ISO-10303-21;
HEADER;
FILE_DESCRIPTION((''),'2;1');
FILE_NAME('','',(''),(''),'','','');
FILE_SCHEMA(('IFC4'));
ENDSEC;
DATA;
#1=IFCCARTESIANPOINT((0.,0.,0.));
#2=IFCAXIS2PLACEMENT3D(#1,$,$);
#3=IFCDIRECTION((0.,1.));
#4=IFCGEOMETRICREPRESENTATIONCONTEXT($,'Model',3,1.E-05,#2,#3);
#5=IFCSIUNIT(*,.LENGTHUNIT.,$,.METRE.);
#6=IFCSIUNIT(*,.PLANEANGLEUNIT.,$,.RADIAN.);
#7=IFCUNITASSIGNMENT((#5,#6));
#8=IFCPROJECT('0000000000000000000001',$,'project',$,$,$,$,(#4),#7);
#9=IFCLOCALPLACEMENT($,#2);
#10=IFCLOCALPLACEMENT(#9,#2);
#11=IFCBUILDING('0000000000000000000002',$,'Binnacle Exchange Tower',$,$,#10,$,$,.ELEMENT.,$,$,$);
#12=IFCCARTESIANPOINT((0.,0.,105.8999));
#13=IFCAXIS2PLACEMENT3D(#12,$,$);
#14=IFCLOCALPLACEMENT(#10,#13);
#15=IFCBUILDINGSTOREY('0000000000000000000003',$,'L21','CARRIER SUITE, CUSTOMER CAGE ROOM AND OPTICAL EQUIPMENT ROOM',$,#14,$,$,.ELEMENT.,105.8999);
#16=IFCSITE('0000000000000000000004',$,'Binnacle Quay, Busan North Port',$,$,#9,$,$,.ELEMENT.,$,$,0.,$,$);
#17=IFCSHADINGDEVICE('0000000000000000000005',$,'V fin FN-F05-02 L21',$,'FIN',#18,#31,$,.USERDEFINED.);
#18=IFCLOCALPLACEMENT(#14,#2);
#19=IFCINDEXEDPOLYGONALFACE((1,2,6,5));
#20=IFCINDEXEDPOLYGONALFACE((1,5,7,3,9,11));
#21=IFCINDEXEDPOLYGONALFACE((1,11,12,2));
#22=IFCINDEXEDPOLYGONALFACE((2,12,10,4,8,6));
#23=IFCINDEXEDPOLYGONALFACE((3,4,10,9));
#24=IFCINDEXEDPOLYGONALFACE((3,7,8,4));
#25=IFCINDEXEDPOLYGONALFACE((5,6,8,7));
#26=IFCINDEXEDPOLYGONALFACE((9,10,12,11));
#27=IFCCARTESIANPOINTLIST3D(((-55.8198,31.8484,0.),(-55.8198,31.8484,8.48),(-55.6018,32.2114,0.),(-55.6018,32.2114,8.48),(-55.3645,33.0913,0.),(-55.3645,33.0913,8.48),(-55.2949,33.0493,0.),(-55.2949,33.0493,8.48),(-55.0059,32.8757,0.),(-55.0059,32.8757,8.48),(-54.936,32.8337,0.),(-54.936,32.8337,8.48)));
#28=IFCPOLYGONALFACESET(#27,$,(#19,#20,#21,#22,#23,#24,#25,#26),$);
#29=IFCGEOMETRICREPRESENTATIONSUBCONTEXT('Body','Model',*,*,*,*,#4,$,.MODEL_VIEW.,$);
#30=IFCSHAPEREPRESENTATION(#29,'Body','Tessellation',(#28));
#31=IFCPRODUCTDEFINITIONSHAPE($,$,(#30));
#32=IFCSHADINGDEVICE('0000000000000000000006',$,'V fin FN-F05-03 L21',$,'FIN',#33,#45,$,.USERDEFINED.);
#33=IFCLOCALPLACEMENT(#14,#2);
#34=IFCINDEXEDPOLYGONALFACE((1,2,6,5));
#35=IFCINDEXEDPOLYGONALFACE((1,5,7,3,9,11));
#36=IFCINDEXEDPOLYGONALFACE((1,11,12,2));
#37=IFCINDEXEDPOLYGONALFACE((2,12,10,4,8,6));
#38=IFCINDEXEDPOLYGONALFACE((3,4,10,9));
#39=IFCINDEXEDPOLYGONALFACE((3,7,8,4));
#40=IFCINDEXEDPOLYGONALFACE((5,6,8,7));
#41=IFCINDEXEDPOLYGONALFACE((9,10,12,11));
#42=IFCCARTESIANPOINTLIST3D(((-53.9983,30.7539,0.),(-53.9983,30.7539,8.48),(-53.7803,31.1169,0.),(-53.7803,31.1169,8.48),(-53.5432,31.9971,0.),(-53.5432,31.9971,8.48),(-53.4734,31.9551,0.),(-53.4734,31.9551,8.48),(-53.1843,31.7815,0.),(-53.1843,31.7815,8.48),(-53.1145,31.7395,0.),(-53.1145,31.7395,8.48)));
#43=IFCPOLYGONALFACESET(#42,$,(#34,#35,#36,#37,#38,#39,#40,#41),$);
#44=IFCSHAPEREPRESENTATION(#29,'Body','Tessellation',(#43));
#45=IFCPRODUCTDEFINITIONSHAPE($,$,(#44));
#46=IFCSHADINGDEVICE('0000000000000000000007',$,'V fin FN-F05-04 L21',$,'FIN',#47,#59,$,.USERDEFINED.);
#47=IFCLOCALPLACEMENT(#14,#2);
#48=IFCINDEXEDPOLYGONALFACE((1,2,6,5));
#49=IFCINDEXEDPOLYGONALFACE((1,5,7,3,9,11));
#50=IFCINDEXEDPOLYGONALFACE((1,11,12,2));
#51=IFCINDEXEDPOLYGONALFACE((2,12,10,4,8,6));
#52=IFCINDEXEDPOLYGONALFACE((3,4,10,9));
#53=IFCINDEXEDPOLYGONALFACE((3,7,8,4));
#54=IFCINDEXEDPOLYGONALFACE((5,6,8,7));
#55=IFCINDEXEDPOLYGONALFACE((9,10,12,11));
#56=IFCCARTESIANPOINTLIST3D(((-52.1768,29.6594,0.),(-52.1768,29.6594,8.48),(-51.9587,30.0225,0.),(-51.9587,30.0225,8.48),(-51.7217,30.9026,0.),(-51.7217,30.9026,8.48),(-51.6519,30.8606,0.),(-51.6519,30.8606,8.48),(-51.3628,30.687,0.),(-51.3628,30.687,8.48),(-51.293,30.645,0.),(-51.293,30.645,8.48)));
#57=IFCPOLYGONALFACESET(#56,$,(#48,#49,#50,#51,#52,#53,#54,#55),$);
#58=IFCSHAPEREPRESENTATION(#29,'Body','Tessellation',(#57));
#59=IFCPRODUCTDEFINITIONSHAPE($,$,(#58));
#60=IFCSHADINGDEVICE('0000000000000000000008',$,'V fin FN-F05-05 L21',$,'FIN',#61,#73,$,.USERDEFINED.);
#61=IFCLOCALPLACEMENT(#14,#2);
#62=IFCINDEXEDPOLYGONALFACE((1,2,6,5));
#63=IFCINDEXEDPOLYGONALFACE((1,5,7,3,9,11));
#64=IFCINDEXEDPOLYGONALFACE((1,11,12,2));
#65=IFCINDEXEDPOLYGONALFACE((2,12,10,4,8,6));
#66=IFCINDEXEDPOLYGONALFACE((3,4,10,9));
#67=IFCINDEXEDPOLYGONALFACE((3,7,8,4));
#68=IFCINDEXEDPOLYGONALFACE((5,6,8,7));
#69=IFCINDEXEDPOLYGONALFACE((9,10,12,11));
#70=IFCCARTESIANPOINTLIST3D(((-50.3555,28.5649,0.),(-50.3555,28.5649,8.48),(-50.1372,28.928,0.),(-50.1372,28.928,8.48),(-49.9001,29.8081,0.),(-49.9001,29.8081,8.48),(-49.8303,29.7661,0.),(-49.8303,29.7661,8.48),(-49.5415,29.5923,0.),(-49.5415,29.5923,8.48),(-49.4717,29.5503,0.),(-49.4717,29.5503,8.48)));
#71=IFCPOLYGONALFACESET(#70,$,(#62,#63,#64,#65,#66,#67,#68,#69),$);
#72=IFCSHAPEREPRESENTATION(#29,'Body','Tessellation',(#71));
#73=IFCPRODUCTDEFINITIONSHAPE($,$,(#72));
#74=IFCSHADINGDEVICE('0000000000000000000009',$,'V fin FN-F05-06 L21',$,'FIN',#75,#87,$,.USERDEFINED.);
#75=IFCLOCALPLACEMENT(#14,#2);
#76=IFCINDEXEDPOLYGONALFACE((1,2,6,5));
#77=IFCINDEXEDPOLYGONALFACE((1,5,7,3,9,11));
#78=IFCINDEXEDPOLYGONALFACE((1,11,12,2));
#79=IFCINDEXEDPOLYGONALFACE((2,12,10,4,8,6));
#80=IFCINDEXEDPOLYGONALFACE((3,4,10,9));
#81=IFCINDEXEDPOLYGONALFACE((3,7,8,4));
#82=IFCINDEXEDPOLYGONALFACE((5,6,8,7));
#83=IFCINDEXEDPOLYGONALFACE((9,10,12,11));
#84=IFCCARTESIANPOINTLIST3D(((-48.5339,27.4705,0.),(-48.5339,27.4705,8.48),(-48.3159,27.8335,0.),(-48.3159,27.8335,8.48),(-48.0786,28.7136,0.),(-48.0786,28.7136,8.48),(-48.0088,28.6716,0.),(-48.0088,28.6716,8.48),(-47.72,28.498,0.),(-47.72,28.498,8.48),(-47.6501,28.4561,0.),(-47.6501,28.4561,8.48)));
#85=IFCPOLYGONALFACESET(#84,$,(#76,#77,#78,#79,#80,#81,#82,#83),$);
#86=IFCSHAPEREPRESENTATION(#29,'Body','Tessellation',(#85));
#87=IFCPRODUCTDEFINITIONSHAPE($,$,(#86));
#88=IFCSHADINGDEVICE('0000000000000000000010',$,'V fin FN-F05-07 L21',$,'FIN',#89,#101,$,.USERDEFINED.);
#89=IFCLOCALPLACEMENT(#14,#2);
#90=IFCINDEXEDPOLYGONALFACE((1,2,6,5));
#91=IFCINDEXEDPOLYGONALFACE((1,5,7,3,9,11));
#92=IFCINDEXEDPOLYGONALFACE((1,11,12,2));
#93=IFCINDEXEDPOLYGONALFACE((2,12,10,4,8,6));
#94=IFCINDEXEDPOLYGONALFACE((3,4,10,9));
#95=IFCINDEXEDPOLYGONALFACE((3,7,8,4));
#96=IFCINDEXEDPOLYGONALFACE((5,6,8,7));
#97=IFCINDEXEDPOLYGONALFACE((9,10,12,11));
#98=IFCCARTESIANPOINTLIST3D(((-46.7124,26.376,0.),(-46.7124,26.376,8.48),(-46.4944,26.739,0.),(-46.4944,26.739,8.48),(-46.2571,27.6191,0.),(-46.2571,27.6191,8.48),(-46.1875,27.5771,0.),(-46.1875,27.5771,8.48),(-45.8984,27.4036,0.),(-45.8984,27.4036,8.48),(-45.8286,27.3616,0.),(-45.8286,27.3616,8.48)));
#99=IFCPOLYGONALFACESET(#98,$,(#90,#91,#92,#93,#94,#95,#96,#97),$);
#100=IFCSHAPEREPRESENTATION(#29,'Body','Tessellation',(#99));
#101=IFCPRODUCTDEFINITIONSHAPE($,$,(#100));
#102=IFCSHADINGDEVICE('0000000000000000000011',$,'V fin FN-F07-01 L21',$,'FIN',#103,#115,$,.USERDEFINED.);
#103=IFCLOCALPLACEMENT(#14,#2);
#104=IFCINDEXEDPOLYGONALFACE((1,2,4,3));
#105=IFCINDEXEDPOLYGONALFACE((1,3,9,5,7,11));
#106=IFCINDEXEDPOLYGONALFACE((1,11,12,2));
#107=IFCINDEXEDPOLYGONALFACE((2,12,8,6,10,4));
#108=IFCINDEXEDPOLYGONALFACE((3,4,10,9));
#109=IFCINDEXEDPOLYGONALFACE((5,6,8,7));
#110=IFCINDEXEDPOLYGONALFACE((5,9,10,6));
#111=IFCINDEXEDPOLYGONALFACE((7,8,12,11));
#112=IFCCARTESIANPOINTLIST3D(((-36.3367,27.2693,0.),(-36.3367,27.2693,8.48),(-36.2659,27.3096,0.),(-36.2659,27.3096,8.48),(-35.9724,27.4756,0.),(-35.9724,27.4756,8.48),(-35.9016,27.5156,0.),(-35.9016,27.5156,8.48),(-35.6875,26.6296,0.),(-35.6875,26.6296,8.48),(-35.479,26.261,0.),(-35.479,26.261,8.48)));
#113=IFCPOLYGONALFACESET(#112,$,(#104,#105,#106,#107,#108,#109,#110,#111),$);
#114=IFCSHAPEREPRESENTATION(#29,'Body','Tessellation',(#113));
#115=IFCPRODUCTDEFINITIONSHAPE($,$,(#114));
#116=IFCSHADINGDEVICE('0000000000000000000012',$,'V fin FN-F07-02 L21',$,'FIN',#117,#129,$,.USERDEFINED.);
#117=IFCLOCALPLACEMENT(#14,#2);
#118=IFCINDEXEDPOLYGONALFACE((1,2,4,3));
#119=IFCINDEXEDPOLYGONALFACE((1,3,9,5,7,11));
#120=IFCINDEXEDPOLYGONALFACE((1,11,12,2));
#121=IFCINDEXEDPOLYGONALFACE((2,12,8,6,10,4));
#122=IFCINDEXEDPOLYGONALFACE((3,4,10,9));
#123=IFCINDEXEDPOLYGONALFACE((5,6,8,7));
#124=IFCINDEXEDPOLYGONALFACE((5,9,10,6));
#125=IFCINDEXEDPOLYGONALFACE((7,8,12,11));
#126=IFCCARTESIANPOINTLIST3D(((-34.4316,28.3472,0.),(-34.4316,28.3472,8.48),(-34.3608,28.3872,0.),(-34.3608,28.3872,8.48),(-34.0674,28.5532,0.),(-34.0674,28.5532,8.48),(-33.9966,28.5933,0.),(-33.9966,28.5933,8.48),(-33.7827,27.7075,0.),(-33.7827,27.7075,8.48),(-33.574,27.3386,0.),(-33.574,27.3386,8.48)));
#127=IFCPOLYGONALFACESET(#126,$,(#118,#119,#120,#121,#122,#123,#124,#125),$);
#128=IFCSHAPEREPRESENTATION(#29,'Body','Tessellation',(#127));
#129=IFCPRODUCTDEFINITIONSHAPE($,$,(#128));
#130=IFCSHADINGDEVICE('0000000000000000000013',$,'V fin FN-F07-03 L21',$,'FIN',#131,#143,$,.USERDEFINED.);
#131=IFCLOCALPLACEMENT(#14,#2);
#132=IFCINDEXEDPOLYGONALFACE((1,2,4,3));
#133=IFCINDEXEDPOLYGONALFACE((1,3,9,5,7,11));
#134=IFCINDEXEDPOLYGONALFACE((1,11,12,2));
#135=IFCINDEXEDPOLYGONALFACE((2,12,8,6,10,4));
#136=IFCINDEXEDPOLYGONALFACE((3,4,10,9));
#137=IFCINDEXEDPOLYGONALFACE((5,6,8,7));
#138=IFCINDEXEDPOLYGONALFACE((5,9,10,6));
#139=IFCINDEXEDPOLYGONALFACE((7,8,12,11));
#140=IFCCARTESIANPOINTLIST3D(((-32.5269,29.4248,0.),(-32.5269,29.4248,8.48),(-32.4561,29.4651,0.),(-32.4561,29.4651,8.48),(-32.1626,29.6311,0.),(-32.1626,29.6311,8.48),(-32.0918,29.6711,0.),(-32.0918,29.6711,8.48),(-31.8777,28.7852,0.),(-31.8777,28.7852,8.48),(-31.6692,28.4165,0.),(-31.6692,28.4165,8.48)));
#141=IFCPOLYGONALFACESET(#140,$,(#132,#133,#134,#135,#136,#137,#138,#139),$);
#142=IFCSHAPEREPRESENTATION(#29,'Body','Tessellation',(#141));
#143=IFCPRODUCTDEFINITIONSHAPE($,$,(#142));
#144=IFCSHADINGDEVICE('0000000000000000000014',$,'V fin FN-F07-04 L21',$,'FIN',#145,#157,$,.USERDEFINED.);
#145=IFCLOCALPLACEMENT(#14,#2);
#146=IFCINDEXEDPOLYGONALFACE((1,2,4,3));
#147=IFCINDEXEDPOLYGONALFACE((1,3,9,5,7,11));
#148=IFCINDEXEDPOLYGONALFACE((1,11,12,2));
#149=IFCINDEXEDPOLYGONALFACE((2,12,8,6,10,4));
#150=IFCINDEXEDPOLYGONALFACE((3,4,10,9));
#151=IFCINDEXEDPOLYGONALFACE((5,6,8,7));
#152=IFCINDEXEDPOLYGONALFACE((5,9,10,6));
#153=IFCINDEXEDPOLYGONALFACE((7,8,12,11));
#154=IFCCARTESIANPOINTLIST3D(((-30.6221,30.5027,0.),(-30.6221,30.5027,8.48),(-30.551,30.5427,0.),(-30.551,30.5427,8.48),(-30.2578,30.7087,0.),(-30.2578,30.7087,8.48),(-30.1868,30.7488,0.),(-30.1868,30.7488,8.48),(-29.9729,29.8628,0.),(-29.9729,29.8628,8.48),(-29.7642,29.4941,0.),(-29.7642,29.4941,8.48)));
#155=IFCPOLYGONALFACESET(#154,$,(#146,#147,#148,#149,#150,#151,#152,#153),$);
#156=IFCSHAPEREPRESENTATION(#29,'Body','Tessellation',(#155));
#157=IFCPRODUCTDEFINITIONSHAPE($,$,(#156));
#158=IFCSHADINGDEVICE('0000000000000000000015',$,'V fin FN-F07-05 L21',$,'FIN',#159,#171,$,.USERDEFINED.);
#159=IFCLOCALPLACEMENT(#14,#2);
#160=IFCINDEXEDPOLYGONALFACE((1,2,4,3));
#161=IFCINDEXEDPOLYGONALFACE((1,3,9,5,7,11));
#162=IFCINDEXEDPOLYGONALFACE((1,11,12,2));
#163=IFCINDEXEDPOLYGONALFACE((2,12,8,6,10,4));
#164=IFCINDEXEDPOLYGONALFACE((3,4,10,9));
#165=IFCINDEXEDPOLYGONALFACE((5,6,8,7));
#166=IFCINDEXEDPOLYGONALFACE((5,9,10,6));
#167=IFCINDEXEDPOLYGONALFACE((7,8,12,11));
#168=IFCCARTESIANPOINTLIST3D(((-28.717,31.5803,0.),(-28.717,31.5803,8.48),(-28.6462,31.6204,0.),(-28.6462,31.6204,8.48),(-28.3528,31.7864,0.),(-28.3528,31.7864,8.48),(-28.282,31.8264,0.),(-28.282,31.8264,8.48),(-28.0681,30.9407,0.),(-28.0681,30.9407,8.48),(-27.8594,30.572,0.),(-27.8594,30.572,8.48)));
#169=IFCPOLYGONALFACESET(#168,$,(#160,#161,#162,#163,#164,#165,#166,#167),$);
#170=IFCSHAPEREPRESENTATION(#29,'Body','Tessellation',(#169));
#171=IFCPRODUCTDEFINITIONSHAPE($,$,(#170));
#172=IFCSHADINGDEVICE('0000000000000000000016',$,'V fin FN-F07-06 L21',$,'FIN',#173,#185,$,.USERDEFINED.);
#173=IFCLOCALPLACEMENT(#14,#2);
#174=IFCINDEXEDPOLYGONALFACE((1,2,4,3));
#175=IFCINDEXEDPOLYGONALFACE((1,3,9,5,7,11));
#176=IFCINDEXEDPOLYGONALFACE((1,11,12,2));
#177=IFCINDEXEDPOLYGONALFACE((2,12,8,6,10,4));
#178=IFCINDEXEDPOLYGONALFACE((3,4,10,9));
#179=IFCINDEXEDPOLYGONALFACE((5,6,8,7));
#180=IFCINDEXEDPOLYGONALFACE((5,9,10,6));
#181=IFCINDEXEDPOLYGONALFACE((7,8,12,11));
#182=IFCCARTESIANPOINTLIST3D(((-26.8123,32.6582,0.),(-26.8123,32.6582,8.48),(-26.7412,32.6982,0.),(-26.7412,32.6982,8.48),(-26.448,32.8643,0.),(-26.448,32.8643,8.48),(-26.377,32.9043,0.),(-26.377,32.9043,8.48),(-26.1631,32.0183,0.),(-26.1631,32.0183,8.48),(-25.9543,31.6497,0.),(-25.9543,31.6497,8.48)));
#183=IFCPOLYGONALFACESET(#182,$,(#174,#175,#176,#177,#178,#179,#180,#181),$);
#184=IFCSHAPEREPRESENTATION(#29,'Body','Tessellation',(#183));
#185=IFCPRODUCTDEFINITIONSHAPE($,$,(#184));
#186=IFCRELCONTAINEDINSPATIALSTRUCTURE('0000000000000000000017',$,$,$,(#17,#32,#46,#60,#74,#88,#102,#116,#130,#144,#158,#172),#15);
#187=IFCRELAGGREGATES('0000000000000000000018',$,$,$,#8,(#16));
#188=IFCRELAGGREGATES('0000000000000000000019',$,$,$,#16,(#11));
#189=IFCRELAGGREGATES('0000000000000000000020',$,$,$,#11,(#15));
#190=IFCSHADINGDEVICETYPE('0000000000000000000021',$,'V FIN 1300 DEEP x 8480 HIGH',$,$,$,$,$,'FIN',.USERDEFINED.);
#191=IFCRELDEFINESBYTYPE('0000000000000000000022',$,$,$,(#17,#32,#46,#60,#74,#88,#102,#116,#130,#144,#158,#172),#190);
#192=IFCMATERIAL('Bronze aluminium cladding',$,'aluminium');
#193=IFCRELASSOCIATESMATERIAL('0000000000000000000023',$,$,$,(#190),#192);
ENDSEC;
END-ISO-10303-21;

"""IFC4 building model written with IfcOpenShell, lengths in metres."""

from ifc_helpers import new_model, si_unit, direction, frame, origin, place, context, subcontext, project, spatial, polyline, outline, extrude, material, type_object, element, save


model = new_model("IFC4")

# Units and contexts
model_context = context("Model", 3, precision=1e-05, world=origin(), true_north=direction((0.0, 1.0)))
body_context = subcontext(model_context, "Body", "Model", "MODEL_VIEW")
ifc_project = project(units=[si_unit("LENGTHUNIT", "METRE"), si_unit("PLANEANGLEUNIT", "RADIAN")], contexts=[model_context])

# Site, building, storey
site_placement = place(None, origin())
site = spatial("IfcSite", under=ifc_project, at=site_placement, Name="Binnacle Quay, Busan North Port", CompositionType="ELEMENT", RefElevation=0.0)
building_placement = place(site_placement, origin())
building = spatial("IfcBuilding", under=site, at=building_placement, Name="Binnacle Exchange Tower", CompositionType="ELEMENT")
storey_placement = place(building_placement, frame((0.0, 0.0, 105.8999)))
storey = spatial("IfcBuildingStorey", under=building, at=storey_placement, Name="L21", Description="CARRIER SUITE, CUSTOMER CAGE ROOM AND OPTICAL EQUIPMENT ROOM", CompositionType="ELEMENT", Elevation=105.8999)

# Shading devices
ifc_material = material(Name="Bronze aluminium cladding", Category="aluminium")
shading_device_type = type_object("IfcShadingDeviceType", Name="V FIN 1300 DEEP x 8480 HIGH", ElementType="FIN", PredefinedType="USERDEFINED", material=ifc_material)
shading_device_1_placement = place(storey_placement, origin())
element("IfcShadingDevice", 1, at=shading_device_1_placement, inside=storey, type_object=shading_device_type, Name="V fin FN-F05-02 L21", ObjectType="FIN", PredefinedType="USERDEFINED", context=body_context, shape_type="SweptSolid", body=[
    extrude(outline(polyline([(-55.3645, 33.0913), (-55.8198, 31.8484), (-54.936, 32.8337), (-55.0059, 32.8757), (-55.6018, 32.2114), (-55.2949, 33.0493), (-55.3645, 33.0913)])), origin(), (0.0, 0.0, 1.0), 8.48),
])
shading_device_2_placement = place(storey_placement, origin())
element("IfcShadingDevice", 2, at=shading_device_2_placement, inside=storey, type_object=shading_device_type, Name="V fin FN-F05-03 L21", ObjectType="FIN", PredefinedType="USERDEFINED", context=body_context, shape_type="SweptSolid", body=[
    extrude(outline(polyline([(-53.5432, 31.9971), (-53.9983, 30.7539), (-53.1145, 31.7395), (-53.1843, 31.7815), (-53.7803, 31.1169), (-53.4734, 31.9551), (-53.5432, 31.9971)])), origin(), (0.0, 0.0, 1.0), 8.48),
])
shading_device_3_placement = place(storey_placement, origin())
element("IfcShadingDevice", 3, at=shading_device_3_placement, inside=storey, type_object=shading_device_type, Name="V fin FN-F05-04 L21", ObjectType="FIN", PredefinedType="USERDEFINED", context=body_context, shape_type="SweptSolid", body=[
    extrude(outline(polyline([(-51.7217, 30.9026), (-52.1768, 29.6594), (-51.293, 30.645), (-51.3628, 30.687), (-51.9587, 30.0225), (-51.6519, 30.8606), (-51.7217, 30.9026)])), origin(), (0.0, 0.0, 1.0), 8.48),
])
shading_device_4_placement = place(storey_placement, origin())
element("IfcShadingDevice", 4, at=shading_device_4_placement, inside=storey, type_object=shading_device_type, Name="V fin FN-F05-05 L21", ObjectType="FIN", PredefinedType="USERDEFINED", context=body_context, shape_type="SweptSolid", body=[
    extrude(outline(polyline([(-49.9001, 29.8081), (-50.3555, 28.5649), (-49.4717, 29.5503), (-49.5415, 29.5923), (-50.1372, 28.928), (-49.8303, 29.7661), (-49.9001, 29.8081)])), origin(), (0.0, 0.0, 1.0), 8.48),
])
shading_device_5_placement = place(storey_placement, origin())
element("IfcShadingDevice", 5, at=shading_device_5_placement, inside=storey, type_object=shading_device_type, Name="V fin FN-F05-06 L21", ObjectType="FIN", PredefinedType="USERDEFINED", context=body_context, shape_type="SweptSolid", body=[
    extrude(outline(polyline([(-48.0786, 28.7136), (-48.5339, 27.4705), (-47.6501, 28.4561), (-47.72, 28.498), (-48.3159, 27.8335), (-48.0088, 28.6716), (-48.0786, 28.7136)])), origin(), (0.0, 0.0, 1.0), 8.48),
])
shading_device_6_placement = place(storey_placement, origin())
element("IfcShadingDevice", 6, at=shading_device_6_placement, inside=storey, type_object=shading_device_type, Name="V fin FN-F05-07 L21", ObjectType="FIN", PredefinedType="USERDEFINED", context=body_context, shape_type="SweptSolid", body=[
    extrude(outline(polyline([(-46.2571, 27.6191), (-46.7124, 26.376), (-45.8286, 27.3616), (-45.8984, 27.4036), (-46.4944, 26.739), (-46.1875, 27.5771), (-46.2571, 27.6191)])), origin(), (0.0, 0.0, 1.0), 8.48),
])
shading_device_7_placement = place(storey_placement, origin())
element("IfcShadingDevice", 7, at=shading_device_7_placement, inside=storey, type_object=shading_device_type, Name="V fin FN-F07-01 L21", ObjectType="FIN", PredefinedType="USERDEFINED", context=body_context, shape_type="SweptSolid", body=[
    extrude(outline(polyline([(-36.3367, 27.2693), (-35.479, 26.261), (-35.9016, 27.5156), (-35.9724, 27.4756), (-35.6875, 26.6296), (-36.2659, 27.3096), (-36.3367, 27.2693)])), origin(), (0.0, 0.0, 1.0), 8.48),
])
shading_device_8_placement = place(storey_placement, origin())
element("IfcShadingDevice", 8, at=shading_device_8_placement, inside=storey, type_object=shading_device_type, Name="V fin FN-F07-02 L21", ObjectType="FIN", PredefinedType="USERDEFINED", context=body_context, shape_type="SweptSolid", body=[
    extrude(outline(polyline([(-34.4316, 28.3472), (-33.574, 27.3386), (-33.9966, 28.5933), (-34.0674, 28.5532), (-33.7827, 27.7075), (-34.3608, 28.3872), (-34.4316, 28.3472)])), origin(), (0.0, 0.0, 1.0), 8.48),
])
shading_device_9_placement = place(storey_placement, origin())
element("IfcShadingDevice", 9, at=shading_device_9_placement, inside=storey, type_object=shading_device_type, Name="V fin FN-F07-03 L21", ObjectType="FIN", PredefinedType="USERDEFINED", context=body_context, shape_type="SweptSolid", body=[
    extrude(outline(polyline([(-32.5269, 29.4248), (-31.6692, 28.4165), (-32.0918, 29.6711), (-32.1626, 29.6311), (-31.8777, 28.7852), (-32.4561, 29.4651), (-32.5269, 29.4248)])), origin(), (0.0, 0.0, 1.0), 8.48),
])
shading_device_10_placement = place(storey_placement, origin())
element("IfcShadingDevice", 10, at=shading_device_10_placement, inside=storey, type_object=shading_device_type, Name="V fin FN-F07-04 L21", ObjectType="FIN", PredefinedType="USERDEFINED", context=body_context, shape_type="SweptSolid", body=[
    extrude(outline(polyline([(-30.6221, 30.5027), (-29.7642, 29.4941), (-30.1868, 30.7488), (-30.2578, 30.7087), (-29.9729, 29.8628), (-30.551, 30.5427), (-30.6221, 30.5027)])), origin(), (0.0, 0.0, 1.0), 8.48),
])
shading_device_11_placement = place(storey_placement, origin())
element("IfcShadingDevice", 11, at=shading_device_11_placement, inside=storey, type_object=shading_device_type, Name="V fin FN-F07-05 L21", ObjectType="FIN", PredefinedType="USERDEFINED", context=body_context, shape_type="SweptSolid", body=[
    extrude(outline(polyline([(-28.717, 31.5803), (-27.8594, 30.572), (-28.282, 31.8264), (-28.3528, 31.7864), (-28.0681, 30.9407), (-28.6462, 31.6204), (-28.717, 31.5803)])), origin(), (0.0, 0.0, 1.0), 8.48),
])
shading_device_12_placement = place(storey_placement, origin())
element("IfcShadingDevice", 12, at=shading_device_12_placement, inside=storey, type_object=shading_device_type, Name="V fin FN-F07-06 L21", ObjectType="FIN", PredefinedType="USERDEFINED", context=body_context, shape_type="SweptSolid", body=[
    extrude(outline(polyline([(-26.8123, 32.6582), (-25.9543, 31.6497), (-26.377, 32.9043), (-26.448, 32.8643), (-26.1631, 32.0183), (-26.7412, 32.6982), (-26.8123, 32.6582)])), origin(), (0.0, 0.0, 1.0), 8.48),
])

save(model, "model.ifc")
